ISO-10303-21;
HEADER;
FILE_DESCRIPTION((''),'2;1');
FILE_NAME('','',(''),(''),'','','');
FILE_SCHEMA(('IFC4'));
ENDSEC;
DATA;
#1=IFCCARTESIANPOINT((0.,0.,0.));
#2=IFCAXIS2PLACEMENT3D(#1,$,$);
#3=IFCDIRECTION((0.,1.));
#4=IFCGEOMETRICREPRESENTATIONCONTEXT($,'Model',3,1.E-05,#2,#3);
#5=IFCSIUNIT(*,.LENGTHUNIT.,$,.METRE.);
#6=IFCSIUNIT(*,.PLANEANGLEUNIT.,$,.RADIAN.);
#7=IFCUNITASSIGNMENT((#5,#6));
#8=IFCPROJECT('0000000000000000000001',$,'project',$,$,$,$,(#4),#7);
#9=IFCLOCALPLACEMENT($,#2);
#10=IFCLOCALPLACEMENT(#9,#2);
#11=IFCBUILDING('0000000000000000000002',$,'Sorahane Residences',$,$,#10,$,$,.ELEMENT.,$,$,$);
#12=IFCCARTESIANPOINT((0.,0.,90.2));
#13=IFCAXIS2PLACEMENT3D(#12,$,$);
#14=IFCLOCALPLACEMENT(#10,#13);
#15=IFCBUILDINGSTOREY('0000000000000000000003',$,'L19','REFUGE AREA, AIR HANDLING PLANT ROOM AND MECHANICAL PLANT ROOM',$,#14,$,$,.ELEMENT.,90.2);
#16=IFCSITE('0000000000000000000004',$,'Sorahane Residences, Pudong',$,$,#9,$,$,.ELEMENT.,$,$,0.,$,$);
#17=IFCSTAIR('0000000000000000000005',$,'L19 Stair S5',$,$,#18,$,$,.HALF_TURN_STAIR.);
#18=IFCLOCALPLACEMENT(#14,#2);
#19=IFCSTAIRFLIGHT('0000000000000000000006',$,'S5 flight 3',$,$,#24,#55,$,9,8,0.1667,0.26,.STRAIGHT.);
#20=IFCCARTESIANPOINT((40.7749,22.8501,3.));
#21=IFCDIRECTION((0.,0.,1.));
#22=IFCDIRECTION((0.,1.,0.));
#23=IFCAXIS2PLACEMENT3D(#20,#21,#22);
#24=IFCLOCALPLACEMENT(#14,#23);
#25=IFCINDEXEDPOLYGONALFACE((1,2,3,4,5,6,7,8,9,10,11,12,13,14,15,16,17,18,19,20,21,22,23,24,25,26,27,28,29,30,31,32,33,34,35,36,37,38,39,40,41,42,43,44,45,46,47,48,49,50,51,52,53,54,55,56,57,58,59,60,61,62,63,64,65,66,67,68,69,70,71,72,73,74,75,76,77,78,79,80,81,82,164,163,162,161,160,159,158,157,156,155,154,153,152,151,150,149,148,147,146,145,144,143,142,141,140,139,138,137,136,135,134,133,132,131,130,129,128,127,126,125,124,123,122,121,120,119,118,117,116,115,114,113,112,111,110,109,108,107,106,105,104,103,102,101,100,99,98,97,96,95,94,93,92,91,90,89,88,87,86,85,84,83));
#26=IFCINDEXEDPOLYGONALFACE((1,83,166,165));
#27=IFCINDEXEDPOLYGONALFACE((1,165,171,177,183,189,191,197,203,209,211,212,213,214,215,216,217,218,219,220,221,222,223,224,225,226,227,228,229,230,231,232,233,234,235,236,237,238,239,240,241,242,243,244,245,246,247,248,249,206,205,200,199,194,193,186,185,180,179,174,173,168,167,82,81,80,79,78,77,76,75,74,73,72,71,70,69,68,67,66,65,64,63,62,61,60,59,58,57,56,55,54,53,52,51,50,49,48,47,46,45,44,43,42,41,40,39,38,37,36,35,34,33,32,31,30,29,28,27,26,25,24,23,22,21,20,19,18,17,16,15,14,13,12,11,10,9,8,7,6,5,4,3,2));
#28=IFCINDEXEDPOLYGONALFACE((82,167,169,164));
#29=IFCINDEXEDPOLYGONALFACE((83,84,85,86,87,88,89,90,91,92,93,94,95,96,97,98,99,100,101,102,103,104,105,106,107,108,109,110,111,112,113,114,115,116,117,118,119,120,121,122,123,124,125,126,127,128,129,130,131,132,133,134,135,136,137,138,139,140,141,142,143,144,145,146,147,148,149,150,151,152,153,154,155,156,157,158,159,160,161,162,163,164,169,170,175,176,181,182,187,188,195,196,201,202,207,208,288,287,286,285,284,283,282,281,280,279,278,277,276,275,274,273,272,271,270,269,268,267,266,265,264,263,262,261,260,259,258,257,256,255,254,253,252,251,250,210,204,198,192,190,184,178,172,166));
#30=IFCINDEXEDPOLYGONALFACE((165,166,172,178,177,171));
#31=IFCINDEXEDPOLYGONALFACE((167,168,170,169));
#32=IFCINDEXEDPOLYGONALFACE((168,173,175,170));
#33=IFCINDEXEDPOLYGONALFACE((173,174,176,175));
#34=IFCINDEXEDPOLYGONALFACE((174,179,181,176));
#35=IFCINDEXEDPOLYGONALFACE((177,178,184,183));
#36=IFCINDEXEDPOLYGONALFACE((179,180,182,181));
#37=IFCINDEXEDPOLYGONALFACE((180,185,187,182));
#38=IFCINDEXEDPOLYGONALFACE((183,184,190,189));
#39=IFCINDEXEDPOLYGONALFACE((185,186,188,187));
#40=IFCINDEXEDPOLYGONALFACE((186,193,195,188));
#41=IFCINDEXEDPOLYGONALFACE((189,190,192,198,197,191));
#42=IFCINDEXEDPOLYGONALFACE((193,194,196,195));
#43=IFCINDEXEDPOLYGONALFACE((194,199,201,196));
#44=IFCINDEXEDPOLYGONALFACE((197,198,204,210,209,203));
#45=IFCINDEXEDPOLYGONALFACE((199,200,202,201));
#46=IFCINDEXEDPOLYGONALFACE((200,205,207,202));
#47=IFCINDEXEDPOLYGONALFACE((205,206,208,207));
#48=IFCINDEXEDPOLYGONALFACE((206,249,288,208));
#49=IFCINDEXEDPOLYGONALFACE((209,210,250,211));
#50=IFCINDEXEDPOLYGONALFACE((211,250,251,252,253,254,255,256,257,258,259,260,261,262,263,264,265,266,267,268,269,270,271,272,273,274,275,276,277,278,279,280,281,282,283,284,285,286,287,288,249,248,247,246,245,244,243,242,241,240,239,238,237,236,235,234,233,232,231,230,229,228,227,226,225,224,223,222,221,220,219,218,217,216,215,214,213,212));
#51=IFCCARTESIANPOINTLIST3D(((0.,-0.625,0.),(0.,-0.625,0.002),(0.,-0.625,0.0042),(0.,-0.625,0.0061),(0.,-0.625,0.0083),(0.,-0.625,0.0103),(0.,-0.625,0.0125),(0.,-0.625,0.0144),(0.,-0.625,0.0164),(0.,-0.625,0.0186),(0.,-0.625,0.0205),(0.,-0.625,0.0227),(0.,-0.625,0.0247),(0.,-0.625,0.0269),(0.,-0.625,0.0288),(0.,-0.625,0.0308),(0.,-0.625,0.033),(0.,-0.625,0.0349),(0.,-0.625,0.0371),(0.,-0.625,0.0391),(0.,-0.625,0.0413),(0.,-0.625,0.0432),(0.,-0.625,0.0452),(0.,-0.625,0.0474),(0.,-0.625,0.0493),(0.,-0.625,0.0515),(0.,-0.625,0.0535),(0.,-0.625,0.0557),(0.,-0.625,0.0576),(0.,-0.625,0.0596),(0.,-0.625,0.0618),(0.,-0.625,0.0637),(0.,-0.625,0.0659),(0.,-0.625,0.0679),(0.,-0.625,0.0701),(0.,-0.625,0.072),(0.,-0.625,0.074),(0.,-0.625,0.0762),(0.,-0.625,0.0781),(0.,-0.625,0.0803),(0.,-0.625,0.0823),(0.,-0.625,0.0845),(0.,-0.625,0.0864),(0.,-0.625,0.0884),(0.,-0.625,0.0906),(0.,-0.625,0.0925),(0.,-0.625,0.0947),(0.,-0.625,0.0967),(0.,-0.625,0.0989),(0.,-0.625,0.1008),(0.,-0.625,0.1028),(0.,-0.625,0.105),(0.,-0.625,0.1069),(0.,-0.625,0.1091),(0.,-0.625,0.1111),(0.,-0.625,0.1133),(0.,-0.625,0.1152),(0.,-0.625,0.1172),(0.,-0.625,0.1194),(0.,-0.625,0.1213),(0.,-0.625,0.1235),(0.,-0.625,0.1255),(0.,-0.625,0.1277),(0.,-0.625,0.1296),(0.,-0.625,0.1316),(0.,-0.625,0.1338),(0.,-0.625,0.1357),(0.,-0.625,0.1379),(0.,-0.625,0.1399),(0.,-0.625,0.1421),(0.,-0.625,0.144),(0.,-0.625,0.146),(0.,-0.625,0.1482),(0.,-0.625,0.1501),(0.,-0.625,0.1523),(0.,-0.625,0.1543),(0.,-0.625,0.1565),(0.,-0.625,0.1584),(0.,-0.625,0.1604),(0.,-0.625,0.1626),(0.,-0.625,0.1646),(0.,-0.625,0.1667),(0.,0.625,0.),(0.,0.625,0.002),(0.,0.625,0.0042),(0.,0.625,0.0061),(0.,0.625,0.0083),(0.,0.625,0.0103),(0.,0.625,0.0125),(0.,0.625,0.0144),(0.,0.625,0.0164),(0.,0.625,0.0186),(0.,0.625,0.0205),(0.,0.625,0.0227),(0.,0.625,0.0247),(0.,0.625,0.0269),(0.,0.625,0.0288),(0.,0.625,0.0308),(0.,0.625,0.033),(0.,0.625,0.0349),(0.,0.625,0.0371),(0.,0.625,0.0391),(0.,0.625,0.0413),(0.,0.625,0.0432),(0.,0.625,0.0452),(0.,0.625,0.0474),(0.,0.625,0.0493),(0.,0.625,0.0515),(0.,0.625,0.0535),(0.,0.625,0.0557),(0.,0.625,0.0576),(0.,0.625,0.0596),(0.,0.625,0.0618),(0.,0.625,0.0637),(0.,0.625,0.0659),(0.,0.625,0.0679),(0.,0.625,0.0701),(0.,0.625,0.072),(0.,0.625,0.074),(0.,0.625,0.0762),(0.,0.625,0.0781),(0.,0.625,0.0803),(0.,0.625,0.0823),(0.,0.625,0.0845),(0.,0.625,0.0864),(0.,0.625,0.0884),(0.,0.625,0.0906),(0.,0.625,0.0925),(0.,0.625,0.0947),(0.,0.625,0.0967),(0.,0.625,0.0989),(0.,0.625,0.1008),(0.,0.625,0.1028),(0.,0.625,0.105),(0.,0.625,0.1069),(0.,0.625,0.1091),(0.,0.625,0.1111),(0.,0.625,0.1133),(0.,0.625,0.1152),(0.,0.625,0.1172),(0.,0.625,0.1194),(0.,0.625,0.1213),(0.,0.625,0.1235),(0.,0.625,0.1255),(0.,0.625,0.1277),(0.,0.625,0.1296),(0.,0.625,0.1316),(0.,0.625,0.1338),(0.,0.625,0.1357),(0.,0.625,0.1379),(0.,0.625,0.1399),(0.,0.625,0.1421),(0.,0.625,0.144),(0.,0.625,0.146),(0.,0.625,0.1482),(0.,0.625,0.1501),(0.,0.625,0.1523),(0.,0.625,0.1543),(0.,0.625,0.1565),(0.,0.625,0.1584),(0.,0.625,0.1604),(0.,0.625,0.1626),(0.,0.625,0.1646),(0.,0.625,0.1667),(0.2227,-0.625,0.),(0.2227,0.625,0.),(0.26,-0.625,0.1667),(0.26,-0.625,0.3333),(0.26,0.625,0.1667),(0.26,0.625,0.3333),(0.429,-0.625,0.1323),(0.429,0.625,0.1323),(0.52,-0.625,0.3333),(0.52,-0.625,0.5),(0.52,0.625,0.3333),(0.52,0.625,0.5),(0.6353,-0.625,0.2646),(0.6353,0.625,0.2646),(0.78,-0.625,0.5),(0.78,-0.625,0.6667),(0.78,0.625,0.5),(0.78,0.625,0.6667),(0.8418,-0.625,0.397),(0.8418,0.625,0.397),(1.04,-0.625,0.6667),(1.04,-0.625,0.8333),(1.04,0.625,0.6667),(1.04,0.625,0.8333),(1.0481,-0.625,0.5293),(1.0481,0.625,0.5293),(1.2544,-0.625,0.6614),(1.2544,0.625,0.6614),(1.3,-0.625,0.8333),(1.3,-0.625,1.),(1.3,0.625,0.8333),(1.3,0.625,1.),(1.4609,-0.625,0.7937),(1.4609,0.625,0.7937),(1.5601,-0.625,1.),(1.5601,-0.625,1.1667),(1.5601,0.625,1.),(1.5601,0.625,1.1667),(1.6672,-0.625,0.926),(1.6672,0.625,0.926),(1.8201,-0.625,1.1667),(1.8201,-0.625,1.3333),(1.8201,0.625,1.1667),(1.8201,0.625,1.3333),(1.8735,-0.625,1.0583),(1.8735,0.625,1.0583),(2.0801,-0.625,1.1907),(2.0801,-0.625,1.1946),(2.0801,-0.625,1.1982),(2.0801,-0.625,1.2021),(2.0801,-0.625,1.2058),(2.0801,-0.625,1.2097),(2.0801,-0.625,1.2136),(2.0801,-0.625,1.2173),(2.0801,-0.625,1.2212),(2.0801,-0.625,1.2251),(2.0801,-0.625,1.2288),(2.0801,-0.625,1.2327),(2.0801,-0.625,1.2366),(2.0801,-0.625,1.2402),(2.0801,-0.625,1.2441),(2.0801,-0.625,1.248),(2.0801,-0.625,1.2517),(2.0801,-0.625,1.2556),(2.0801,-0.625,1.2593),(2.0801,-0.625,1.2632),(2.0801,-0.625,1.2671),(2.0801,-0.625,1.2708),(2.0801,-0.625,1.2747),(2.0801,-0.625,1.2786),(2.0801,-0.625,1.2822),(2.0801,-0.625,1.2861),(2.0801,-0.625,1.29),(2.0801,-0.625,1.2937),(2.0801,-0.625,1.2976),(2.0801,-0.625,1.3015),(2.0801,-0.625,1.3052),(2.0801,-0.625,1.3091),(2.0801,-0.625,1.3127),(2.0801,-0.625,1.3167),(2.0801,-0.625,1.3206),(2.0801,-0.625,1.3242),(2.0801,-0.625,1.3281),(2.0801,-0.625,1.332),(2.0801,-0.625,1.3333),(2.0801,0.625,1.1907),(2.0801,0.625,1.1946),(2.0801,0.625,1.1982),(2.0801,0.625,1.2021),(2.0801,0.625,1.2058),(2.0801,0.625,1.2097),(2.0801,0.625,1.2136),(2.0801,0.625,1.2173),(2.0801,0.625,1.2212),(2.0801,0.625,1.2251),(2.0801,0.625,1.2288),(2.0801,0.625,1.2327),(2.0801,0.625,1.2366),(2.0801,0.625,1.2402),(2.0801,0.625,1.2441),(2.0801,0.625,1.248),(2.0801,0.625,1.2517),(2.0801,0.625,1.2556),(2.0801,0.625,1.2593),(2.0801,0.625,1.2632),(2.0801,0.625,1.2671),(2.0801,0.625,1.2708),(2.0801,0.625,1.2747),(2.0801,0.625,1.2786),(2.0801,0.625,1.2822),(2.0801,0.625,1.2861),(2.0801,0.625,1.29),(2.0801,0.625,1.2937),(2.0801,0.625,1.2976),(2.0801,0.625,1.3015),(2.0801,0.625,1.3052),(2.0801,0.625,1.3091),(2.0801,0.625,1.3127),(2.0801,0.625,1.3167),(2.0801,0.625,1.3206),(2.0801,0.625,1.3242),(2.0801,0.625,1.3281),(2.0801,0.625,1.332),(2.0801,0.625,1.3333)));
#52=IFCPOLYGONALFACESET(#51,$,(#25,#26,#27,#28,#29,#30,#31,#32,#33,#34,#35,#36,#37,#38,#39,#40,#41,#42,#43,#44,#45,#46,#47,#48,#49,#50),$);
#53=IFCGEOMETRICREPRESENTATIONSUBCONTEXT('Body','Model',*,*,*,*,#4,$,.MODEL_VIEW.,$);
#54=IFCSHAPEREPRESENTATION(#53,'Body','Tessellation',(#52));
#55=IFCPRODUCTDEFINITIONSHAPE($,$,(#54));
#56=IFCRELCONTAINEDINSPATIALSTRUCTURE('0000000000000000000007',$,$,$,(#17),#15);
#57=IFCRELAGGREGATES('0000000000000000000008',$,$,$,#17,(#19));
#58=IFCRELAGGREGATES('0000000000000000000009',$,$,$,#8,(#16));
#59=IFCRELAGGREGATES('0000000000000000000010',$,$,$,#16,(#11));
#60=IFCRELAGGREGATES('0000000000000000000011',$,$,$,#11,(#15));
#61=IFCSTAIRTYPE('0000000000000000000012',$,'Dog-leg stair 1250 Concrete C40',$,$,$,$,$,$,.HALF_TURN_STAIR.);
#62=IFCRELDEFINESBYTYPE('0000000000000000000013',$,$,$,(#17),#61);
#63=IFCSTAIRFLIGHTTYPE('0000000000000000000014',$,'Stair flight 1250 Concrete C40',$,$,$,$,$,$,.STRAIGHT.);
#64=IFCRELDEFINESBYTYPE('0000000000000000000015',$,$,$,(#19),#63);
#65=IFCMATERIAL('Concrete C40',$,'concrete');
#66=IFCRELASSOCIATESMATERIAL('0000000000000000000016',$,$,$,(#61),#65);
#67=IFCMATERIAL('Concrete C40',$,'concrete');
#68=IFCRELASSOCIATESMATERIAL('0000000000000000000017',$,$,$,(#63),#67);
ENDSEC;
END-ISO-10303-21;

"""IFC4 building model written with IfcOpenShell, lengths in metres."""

from ifc_helpers import new_model, si_unit, direction, frame, origin, place, context, subcontext, project, spatial, polyline, outline, extrude, material, type_object, element, aggregate, save


model = new_model("IFC4")

# Units and contexts
model_context = context("Model", 3, precision=1e-05, world=origin(), true_north=direction((0.0, 1.0)))
body_context = subcontext(model_context, "Body", "Model", "MODEL_VIEW")
ifc_project = project(units=[si_unit("LENGTHUNIT", "METRE"), si_unit("PLANEANGLEUNIT", "RADIAN")], contexts=[model_context])

# Site, building, storey
site_placement = place(None, origin())
site = spatial("IfcSite", under=ifc_project, at=site_placement, Name="Sorahane Residences, Pudong", CompositionType="ELEMENT", RefElevation=0.0)
building_placement = place(site_placement, origin())
building = spatial("IfcBuilding", under=site, at=building_placement, Name="Sorahane Residences", CompositionType="ELEMENT")
storey_placement = place(building_placement, frame((0.0, 0.0, 90.2)))
storey = spatial("IfcBuildingStorey", under=building, at=storey_placement, Name="L19", Description="REFUGE AREA, AIR HANDLING PLANT ROOM AND MECHANICAL PLANT ROOM", CompositionType="ELEMENT", Elevation=90.2)

# Stair, stair flight
ifc_material_1 = material(Name="Concrete C40", Category="concrete")
stair_type = type_object("IfcStairType", Name="Dog-leg stair 1250 Concrete C40", PredefinedType="HALF_TURN_STAIR", material=ifc_material_1)
stair_placement = place(storey_placement, origin())
stair = element("IfcStair", 1, at=stair_placement, inside=storey, type_object=stair_type, Name="L19 Stair S5", PredefinedType="HALF_TURN_STAIR")
ifc_material_2 = material(Name="Concrete C40", Category="concrete")
stair_flight_type = type_object("IfcStairFlightType", Name="Stair flight 1250 Concrete C40", PredefinedType="STRAIGHT", material=ifc_material_2)
stair_flight_1_placement = place(storey_placement, frame((40.7749, 22.8501, 3.0), z_axis=(0.0, 0.0, 1.0), x_axis=(0.0, 1.0, 0.0)))
stair_flight_1 = element("IfcStairFlight", 2, at=stair_flight_1_placement, type_object=stair_flight_type, Name="S5 flight 3", NumberOfRisers=9, NumberOfTreads=8, PredefinedType="STRAIGHT", RiserHeight=0.1667, TreadLength=0.26, context=body_context, shape_type="SweptSolid", body=[
    extrude(outline(polyline([(0.0, 0.0), (0.0, 0.002), (0.0, 0.0042), (0.0, 0.0061), (0.0, 0.0083), (0.0, 0.0103), (0.0, 0.0125), (0.0, 0.0144), (0.0, 0.0164), (0.0, 0.0186), (0.0, 0.0205), (0.0, 0.0227), (0.0, 0.0247), (0.0, 0.0269), (0.0, 0.0288), (0.0, 0.0308), (0.0, 0.033), (0.0, 0.0349), (0.0, 0.0371), (0.0, 0.0391), (0.0, 0.0413), (0.0, 0.0432), (0.0, 0.0452), (0.0, 0.0474), (0.0, 0.0493), (0.0, 0.0515), (0.0, 0.0535), (0.0, 0.0557), (0.0, 0.0576), (0.0, 0.0596), (0.0, 0.0618), (0.0, 0.0637), (0.0, 0.0659), (0.0, 0.0679), (0.0, 0.0701), (0.0, 0.072), (0.0, 0.074), (0.0, 0.0762), (0.0, 0.0781), (0.0, 0.0803), (0.0, 0.0823), (0.0, 0.0845), (0.0, 0.0864), (0.0, 0.0884), (0.0, 0.0906), (0.0, 0.0925), (0.0, 0.0947), (0.0, 0.0967), (0.0, 0.0989), (0.0, 0.1008), (0.0, 0.1028), (0.0, 0.105), (0.0, 0.1069), (0.0, 0.1091), (0.0, 0.1111), (0.0, 0.1133), (0.0, 0.1152), (0.0, 0.1172), (0.0, 0.1194), (0.0, 0.1213), (0.0, 0.1235), (0.0, 0.1255), (0.0, 0.1277), (0.0, 0.1296), (0.0, 0.1316), (0.0, 0.1338), (0.0, 0.1357), (0.0, 0.1379), (0.0, 0.1399), (0.0, 0.1421), (0.0, 0.144), (0.0, 0.146), (0.0, 0.1482), (0.0, 0.1501), (0.0, 0.1523), (0.0, 0.1543), (0.0, 0.1565), (0.0, 0.1584), (0.0, 0.1604), (0.0, 0.1626), (0.0, 0.1646), (0.0, 0.1667), (0.26, 0.1667), (0.26, 0.3333), (0.52, 0.3333), (0.52, 0.5), (0.78, 0.5), (0.78, 0.6667), (1.04, 0.6667), (1.04, 0.8333), (1.3, 0.8333), (1.3, 1.0), (1.5601, 1.0), (1.5601, 1.1667), (1.8201, 1.1667), (1.8201, 1.3333), (2.0801, 1.3333), (2.0801, 1.5), (2.0801, 1.4961), (2.0801, 1.4924), (2.0801, 1.4885), (2.0801, 1.4846), (2.0801, 1.481), (2.0801, 1.4771), (2.0801, 1.4731), (2.0801, 1.4695), (2.0801, 1.4656), (2.0801, 1.4619), (2.0801, 1.458), (2.0801, 1.4541), (2.0801, 1.4504), (2.0801, 1.4465), (2.0801, 1.4426), (2.0801, 1.439), (2.0801, 1.4351), (2.0801, 1.4312), (2.0801, 1.4275), (2.0801, 1.4236), (2.0801, 1.4197), (2.0801, 1.416), (2.0801, 1.4121), (2.0801, 1.4084), (2.0801, 1.4045), (2.0801, 1.4006), (2.0801, 1.397), (2.0801, 1.3931), (2.0801, 1.3892), (2.0801, 1.3855), (2.0801, 1.3816), (2.0801, 1.3777), (2.0801, 1.374), (2.0801, 1.3701), (2.0801, 1.3662), (2.0801, 1.3625), (2.0801, 1.3586), (2.0801, 1.355), (2.0801, 1.3511), (2.0801, 1.3472), (2.0801, 1.3435), (2.0801, 1.3396), (2.0801, 1.3357), (2.0801, 1.332), (2.0801, 1.3281), (2.0801, 1.3242), (2.0801, 1.3206), (2.0801, 1.3167), (2.0801, 1.3127), (2.0801, 1.3091), (2.0801, 1.3052), (2.0801, 1.3015), (2.0801, 1.2976), (2.0801, 1.2937), (2.0801, 1.29), (2.0801, 1.2861), (2.0801, 1.2822), (2.0801, 1.2786), (2.0801, 1.2747), (2.0801, 1.2708), (2.0801, 1.2671), (2.0801, 1.2632), (2.0801, 1.2593), (2.0801, 1.2556), (2.0801, 1.2517), (2.0801, 1.248), (2.0801, 1.2441), (2.0801, 1.2402), (2.0801, 1.2366), (2.0801, 1.2327), (2.0801, 1.2288), (2.0801, 1.2251), (2.0801, 1.2212), (2.0801, 1.2173), (2.0801, 1.2136), (2.0801, 1.2097), (2.0801, 1.2058), (2.0801, 1.2021), (2.0801, 1.1982), (2.0801, 1.1946), (2.0801, 1.1907), (1.8735, 1.0583), (1.6672, 0.926), (1.4609, 0.7937), (1.2544, 0.6614), (1.0481, 0.5293), (0.8418, 0.397), (0.6353, 0.2646), (0.429, 0.1323), (0.2227, 0.0), (0.0, 0.0)])), frame((0.0, 0.625, 0.0), z_axis=(0.0, -1.0, 0.0), x_axis=(1.0, 0.0, 0.0)), (0.0, 0.0, 1.0), 1.25),
])
aggregate(stair, [stair_flight_1])

save(model, "model.ifc")
